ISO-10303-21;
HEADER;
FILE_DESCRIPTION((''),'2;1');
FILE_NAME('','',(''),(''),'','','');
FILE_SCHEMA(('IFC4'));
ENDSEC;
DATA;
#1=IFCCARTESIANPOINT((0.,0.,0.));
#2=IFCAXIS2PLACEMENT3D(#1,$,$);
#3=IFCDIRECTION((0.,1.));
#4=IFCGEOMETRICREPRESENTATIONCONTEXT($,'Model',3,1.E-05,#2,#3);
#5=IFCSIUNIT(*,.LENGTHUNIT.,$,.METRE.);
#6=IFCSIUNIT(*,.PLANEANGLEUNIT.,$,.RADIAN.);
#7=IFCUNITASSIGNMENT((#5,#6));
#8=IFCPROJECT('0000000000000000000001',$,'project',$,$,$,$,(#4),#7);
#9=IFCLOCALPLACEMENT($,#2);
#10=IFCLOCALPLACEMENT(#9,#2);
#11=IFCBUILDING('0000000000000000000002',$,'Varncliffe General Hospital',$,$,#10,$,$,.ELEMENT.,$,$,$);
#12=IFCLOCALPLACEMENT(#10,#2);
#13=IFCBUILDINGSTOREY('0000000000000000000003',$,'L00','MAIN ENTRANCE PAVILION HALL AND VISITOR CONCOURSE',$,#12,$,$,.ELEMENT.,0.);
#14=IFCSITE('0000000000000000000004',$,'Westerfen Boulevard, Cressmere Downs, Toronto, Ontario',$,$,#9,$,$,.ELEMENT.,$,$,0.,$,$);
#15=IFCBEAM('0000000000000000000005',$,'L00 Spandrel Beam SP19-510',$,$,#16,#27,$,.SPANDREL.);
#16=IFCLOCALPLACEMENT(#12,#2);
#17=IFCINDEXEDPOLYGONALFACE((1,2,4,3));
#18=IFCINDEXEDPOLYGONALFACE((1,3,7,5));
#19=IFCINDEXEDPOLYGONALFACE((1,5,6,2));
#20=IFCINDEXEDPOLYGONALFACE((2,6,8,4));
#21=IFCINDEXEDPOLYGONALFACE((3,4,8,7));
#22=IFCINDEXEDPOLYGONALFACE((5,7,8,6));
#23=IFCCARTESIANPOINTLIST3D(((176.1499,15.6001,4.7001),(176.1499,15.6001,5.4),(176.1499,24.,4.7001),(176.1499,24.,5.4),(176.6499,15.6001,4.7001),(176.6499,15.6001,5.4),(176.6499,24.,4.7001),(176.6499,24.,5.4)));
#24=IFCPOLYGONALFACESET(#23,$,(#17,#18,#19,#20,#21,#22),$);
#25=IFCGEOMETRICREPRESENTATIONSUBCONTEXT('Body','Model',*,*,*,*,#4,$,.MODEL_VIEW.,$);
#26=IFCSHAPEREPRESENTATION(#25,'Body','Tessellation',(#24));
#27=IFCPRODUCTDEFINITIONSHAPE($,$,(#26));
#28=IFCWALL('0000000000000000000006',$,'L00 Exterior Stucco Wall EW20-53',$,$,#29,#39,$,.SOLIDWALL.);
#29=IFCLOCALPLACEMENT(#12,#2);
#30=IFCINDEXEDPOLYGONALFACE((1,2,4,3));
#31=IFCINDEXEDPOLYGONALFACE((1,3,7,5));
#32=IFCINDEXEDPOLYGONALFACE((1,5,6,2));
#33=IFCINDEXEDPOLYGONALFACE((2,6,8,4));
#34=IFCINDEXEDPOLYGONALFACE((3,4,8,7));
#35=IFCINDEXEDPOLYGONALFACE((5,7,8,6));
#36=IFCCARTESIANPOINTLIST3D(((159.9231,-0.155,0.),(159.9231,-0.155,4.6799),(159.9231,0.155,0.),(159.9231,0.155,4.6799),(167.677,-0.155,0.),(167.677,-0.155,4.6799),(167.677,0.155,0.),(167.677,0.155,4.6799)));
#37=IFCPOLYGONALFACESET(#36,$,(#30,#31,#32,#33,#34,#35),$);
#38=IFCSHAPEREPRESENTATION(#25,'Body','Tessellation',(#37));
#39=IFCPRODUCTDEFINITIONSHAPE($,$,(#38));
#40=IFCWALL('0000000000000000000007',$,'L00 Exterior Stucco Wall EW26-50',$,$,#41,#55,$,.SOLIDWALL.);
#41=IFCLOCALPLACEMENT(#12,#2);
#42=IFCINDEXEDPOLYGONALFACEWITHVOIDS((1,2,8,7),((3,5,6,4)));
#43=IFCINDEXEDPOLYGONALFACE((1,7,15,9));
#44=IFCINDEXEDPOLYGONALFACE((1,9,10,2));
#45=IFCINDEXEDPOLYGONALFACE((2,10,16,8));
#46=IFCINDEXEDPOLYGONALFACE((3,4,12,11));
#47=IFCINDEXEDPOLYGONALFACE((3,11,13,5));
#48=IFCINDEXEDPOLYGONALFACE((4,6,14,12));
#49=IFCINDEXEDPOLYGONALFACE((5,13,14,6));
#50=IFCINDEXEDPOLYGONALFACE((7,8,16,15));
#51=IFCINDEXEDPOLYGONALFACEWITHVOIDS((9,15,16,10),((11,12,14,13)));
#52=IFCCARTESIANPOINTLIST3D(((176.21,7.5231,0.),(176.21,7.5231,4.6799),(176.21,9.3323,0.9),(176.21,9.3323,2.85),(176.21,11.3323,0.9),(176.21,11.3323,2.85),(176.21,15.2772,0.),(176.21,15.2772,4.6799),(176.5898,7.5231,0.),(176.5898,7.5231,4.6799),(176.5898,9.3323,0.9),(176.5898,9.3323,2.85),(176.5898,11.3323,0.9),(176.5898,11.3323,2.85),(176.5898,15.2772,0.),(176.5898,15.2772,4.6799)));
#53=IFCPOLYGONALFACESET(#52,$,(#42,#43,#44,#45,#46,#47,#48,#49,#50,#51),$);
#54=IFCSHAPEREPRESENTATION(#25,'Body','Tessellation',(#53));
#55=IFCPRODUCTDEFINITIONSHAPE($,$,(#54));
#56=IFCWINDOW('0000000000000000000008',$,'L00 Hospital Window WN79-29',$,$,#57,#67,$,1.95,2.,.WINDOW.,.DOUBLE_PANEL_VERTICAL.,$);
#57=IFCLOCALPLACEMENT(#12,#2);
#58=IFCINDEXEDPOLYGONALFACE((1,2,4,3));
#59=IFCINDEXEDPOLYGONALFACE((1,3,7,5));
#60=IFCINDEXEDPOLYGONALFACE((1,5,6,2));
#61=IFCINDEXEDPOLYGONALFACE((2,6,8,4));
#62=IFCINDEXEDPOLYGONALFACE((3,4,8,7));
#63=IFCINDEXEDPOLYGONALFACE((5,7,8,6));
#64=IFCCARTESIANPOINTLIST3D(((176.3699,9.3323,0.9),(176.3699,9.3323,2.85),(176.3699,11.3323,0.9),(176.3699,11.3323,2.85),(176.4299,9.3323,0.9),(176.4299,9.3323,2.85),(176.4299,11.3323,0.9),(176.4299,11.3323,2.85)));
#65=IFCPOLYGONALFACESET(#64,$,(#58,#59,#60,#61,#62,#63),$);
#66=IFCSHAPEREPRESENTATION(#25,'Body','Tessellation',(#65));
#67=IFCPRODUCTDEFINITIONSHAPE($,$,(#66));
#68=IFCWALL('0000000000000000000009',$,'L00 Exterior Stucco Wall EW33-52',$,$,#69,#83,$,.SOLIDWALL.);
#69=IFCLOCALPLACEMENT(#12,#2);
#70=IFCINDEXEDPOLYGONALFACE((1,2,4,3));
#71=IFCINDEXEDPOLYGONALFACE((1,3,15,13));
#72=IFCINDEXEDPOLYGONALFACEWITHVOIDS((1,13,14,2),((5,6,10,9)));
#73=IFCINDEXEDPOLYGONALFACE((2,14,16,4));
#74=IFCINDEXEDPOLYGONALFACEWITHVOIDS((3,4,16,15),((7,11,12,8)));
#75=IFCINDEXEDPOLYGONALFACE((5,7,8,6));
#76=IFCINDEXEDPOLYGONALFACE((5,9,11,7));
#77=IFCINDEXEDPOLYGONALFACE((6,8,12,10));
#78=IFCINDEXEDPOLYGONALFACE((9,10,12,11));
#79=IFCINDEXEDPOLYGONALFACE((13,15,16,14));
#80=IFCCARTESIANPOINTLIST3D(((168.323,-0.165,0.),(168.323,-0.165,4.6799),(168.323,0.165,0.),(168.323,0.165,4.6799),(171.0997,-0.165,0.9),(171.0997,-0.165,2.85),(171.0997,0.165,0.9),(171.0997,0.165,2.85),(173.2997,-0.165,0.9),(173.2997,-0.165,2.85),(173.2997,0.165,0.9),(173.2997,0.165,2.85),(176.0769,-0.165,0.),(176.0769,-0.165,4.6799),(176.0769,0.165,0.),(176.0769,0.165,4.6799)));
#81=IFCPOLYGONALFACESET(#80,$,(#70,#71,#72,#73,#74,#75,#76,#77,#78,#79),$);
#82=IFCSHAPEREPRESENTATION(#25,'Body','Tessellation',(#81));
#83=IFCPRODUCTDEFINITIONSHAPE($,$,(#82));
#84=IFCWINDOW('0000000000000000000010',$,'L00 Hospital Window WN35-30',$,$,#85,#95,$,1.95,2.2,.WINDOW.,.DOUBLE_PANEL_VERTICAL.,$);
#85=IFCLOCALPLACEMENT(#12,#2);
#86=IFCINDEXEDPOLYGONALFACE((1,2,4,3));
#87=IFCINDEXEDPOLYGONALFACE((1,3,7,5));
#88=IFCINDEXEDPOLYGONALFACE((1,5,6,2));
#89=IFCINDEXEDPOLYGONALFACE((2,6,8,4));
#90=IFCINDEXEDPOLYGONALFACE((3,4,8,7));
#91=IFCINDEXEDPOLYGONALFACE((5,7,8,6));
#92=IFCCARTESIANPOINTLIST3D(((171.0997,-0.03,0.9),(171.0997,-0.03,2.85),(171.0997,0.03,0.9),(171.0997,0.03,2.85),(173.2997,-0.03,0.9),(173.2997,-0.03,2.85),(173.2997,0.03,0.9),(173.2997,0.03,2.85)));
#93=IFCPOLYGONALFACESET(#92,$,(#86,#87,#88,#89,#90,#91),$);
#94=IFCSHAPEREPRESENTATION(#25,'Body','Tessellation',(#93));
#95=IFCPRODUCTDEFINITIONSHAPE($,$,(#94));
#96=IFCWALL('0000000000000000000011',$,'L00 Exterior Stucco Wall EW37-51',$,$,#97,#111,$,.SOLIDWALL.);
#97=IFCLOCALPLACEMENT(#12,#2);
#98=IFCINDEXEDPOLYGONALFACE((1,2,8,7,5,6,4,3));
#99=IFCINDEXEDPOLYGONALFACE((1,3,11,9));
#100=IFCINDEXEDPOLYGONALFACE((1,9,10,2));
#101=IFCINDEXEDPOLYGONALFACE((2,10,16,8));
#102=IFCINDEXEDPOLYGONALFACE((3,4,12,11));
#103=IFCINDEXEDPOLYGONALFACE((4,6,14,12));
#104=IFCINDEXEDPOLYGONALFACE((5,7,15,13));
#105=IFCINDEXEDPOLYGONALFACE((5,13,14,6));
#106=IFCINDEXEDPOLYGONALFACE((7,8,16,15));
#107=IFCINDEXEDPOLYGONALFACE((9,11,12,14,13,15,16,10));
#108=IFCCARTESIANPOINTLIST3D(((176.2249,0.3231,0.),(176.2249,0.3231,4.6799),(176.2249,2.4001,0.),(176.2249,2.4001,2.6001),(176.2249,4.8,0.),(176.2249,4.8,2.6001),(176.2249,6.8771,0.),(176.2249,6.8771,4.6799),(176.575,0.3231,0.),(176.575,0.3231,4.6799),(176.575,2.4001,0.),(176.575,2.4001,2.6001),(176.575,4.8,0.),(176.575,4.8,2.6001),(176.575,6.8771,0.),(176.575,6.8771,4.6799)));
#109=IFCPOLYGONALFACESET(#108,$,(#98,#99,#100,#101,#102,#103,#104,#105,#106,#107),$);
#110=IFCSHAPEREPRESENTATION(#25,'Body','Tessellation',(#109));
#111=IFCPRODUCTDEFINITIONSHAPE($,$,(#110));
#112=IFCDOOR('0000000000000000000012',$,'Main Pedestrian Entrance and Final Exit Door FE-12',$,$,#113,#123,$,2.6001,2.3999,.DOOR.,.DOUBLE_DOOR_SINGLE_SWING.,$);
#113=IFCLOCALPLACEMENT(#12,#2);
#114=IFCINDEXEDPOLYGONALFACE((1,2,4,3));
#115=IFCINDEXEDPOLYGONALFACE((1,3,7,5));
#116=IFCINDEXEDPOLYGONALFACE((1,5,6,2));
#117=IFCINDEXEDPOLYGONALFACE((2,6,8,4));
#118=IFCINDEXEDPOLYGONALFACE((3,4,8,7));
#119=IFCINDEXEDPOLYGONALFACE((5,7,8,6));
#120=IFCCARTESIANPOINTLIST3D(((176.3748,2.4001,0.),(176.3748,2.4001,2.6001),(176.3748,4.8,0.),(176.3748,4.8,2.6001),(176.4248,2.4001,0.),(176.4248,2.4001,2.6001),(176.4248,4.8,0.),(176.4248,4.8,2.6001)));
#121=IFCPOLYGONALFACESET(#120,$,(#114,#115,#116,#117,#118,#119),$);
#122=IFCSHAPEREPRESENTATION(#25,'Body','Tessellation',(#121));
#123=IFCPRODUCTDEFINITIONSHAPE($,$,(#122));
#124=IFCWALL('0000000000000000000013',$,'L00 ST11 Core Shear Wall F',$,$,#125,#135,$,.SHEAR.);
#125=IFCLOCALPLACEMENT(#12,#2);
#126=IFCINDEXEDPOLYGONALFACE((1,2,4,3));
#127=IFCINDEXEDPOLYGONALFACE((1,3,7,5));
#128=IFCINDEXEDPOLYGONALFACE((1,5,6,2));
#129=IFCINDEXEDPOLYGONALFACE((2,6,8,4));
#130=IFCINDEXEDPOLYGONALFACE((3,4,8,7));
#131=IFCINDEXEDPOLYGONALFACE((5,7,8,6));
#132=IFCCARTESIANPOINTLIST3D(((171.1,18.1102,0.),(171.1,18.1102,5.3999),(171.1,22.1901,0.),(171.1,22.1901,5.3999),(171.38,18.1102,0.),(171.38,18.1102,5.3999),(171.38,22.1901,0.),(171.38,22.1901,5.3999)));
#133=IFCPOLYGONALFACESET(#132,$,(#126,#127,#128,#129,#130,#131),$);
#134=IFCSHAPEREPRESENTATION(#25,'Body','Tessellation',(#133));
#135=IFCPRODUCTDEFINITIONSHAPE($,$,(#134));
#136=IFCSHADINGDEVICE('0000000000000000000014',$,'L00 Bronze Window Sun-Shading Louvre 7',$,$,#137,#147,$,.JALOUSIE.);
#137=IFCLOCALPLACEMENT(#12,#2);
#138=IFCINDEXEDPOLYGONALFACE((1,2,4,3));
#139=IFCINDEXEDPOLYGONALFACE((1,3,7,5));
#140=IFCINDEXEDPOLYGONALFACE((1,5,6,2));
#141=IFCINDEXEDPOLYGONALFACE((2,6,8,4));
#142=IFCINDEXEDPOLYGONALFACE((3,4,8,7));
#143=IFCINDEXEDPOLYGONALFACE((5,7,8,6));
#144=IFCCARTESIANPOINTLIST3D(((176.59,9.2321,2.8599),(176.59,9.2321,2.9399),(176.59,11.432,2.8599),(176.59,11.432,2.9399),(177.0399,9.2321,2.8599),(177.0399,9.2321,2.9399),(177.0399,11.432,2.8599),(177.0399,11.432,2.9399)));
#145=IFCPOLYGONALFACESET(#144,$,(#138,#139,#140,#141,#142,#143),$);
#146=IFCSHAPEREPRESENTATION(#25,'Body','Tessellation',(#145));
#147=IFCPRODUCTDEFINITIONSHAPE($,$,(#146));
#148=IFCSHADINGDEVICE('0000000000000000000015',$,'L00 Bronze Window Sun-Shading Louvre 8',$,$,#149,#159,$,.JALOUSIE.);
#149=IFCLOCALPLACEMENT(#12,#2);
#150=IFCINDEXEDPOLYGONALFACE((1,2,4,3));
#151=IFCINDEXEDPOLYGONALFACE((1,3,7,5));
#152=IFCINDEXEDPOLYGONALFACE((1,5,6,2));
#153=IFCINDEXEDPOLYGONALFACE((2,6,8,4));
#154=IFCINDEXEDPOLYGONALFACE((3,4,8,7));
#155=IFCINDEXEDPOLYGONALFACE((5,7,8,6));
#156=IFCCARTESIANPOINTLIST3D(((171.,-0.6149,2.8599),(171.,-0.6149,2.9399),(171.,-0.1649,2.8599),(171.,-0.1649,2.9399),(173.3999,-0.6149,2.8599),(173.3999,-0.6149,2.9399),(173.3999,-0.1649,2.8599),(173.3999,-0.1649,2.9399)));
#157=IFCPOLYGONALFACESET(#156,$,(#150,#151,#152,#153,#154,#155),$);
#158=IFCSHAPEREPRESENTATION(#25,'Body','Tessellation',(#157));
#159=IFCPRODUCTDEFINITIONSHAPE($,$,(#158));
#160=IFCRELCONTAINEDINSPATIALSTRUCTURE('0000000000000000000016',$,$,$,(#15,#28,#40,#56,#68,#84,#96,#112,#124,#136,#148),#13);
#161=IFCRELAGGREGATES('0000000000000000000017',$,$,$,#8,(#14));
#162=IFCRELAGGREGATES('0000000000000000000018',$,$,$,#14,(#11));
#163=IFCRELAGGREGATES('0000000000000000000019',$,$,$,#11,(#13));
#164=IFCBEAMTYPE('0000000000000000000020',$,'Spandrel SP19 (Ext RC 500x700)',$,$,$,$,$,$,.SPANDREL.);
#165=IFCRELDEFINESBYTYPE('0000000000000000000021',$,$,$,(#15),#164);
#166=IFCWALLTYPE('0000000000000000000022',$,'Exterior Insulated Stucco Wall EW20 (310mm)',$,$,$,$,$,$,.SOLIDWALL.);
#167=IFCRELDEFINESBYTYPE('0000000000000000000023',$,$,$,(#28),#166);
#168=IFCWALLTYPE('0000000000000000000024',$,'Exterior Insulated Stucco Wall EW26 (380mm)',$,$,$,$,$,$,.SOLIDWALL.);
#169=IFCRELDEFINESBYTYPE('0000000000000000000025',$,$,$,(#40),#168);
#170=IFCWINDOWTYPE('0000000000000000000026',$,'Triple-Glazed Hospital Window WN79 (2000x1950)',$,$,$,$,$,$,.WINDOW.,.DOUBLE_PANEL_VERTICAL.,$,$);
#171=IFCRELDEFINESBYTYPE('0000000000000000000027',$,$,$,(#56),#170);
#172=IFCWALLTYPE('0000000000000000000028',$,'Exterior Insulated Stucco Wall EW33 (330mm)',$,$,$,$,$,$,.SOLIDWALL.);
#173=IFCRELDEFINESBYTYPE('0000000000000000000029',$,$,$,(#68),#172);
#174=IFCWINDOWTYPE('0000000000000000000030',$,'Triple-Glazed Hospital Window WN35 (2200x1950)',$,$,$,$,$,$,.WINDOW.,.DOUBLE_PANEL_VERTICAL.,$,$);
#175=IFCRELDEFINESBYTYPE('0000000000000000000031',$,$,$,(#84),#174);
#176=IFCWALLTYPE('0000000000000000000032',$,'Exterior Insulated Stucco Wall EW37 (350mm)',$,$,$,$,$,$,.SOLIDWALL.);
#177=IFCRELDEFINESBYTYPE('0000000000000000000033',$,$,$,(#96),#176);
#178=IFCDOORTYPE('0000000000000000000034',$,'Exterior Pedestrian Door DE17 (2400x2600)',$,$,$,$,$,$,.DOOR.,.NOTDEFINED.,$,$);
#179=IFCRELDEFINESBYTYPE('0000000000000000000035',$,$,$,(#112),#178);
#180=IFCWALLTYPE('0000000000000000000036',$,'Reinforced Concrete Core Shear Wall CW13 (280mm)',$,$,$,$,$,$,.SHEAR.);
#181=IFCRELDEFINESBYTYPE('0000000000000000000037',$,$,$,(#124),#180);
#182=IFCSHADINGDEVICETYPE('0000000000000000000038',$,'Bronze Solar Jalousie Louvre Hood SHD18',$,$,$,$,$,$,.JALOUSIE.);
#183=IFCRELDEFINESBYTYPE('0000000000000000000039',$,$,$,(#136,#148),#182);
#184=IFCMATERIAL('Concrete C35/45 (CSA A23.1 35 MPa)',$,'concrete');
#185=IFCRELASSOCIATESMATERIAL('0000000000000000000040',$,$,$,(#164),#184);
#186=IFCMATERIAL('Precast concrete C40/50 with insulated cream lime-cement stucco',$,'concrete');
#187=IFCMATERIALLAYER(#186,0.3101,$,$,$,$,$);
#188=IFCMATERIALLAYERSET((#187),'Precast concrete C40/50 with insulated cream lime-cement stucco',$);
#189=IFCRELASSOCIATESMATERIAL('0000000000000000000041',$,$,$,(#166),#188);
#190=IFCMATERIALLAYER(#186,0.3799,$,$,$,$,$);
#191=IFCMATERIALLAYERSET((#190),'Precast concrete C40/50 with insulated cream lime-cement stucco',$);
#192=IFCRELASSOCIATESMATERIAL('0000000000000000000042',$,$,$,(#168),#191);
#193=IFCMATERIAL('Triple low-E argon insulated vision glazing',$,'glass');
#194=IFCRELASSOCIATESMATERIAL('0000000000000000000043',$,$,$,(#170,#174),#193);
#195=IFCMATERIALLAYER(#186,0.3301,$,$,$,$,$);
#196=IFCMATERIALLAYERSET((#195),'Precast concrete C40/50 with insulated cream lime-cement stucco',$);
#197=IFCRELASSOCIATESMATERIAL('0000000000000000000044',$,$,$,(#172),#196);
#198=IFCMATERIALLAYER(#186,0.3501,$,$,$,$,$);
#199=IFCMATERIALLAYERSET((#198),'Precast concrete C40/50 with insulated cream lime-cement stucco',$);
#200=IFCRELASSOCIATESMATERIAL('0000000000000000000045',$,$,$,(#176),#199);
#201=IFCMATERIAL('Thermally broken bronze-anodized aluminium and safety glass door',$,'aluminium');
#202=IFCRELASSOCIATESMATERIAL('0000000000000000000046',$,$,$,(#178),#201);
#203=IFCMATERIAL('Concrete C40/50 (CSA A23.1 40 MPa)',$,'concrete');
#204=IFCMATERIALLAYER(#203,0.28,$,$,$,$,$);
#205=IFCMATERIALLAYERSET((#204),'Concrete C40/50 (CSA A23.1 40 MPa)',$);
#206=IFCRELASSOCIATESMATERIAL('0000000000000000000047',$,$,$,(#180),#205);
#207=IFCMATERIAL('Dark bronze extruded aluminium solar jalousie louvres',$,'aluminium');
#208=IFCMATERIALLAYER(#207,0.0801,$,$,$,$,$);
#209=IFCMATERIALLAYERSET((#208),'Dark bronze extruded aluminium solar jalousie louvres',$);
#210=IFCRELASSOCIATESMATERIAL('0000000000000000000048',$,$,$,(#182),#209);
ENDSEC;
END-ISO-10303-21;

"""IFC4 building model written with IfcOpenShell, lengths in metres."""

from ifc_helpers import new_model, si_unit, direction, frame, frame_2d, origin, origin_2d, place, context, subcontext, project, spatial, rectangle, extrude, material, layer, layer_set, material_profile, profile_set, type_object, element, fill, save


model = new_model("IFC4")

# Units and contexts
model_context = context("Model", 3, precision=1e-05, world=origin(), true_north=direction((0.0, 1.0)))
body_context = subcontext(model_context, "Body", "Model", "MODEL_VIEW")
ifc_project = project(units=[si_unit("LENGTHUNIT", "METRE"), si_unit("PLANEANGLEUNIT", "RADIAN")], contexts=[model_context])

# Site, building, storey
site_placement = place(None, origin())
site = spatial("IfcSite", under=ifc_project, at=site_placement, Name="Westerfen Boulevard, Cressmere Downs, Toronto, Ontario", CompositionType="ELEMENT", RefElevation=0.0)
building_placement = place(site_placement, origin())
building = spatial("IfcBuilding", under=site, at=building_placement, Name="Varncliffe General Hospital", CompositionType="ELEMENT")
storey_placement = place(building_placement, origin())
storey = spatial("IfcBuildingStorey", under=building, at=storey_placement, Name="L00", Description="MAIN ENTRANCE PAVILION HALL AND VISITOR CONCOURSE", CompositionType="ELEMENT", Elevation=0.0)

# Shared definitions
ifc_material_1 = material(Name="Concrete C40/50 (CSA A23.1 40 MPa)", Category="concrete")

# Beam
ifc_material_2 = material(Name="Concrete C35/45 (CSA A23.1 35 MPa)", Category="concrete")
ifc_material_profile_1 = material_profile(ifc_material_2, rectangle(XDim=0.5, YDim=0.7, at=origin_2d()), Name="RC 500x700")
ifc_profile_set_1 = profile_set([ifc_material_profile_1], Name="Concrete C35/45 (CSA A23.1 35 MPa)")
beam_type_1 = type_object("IfcBeamType", Name="Spandrel SP19 (Ext RC 500x700)", PredefinedType="SPANDREL", material=ifc_profile_set_1)
beam_1_placement = place(storey_placement, frame((176.3999, 15.6001, 5.05), z_axis=(0.0, 1.0, 0.0), x_axis=(-1.0, 0.0, 0.0)))
element("IfcBeam", 1, at=beam_1_placement, inside=storey, type_object=beam_type_1, Name="L00 Spandrel Beam SP19-510", PredefinedType="SPANDREL", context=body_context, shape_type="SweptSolid", body=[
    extrude(rectangle(XDim=0.5, YDim=0.7, at=origin_2d()), origin(), (0.0, 0.0, 1.0), 8.3999),
])

# Wall
ifc_material_3 = material(Name="Precast concrete C40/50 with insulated cream lime-cement stucco", Category="concrete")
ifc_layer_1 = layer(ifc_material_3, 0.3101)
ifc_layer_set_1 = layer_set([ifc_layer_1], Name="Precast concrete C40/50 with insulated cream lime-cement stucco")
wall_type_1 = type_object("IfcWallType", Name="Exterior Insulated Stucco Wall EW20 (310mm)", PredefinedType="SOLIDWALL", material=ifc_layer_set_1)
wall_1_placement = place(storey_placement, frame((167.677, 0.0, 0.0), z_axis=(0.0, 0.0, 1.0), x_axis=(-1.0, 0.0, 0.0)))
element("IfcWall", 2, at=wall_1_placement, inside=storey, type_object=wall_type_1, Name="L00 Exterior Stucco Wall EW20-53", PredefinedType="SOLIDWALL", context=body_context, shape_type="SweptSolid", body=[
    extrude(rectangle(XDim=7.7539, YDim=0.3101, at=frame_2d((3.877, 0.0))), origin(), (0.0, 0.0, 1.0), 4.6799),
])

# Walls, openings, windows
ifc_layer_2 = layer(ifc_material_3, 0.3799)
ifc_layer_set_2 = layer_set([ifc_layer_2], Name="Precast concrete C40/50 with insulated cream lime-cement stucco")
wall_type_2 = type_object("IfcWallType", Name="Exterior Insulated Stucco Wall EW26 (380mm)", PredefinedType="SOLIDWALL", material=ifc_layer_set_2)
wall_2_placement = place(storey_placement, frame((176.3999, 15.2771, 0.0), z_axis=(0.0, 0.0, 1.0), x_axis=(0.0, -1.0, 0.0)))
wall_2 = element("IfcWall", 3, at=wall_2_placement, inside=storey, type_object=wall_type_2, Name="L00 Exterior Stucco Wall EW26-50", PredefinedType="SOLIDWALL", context=body_context, shape_type="SweptSolid", body=[
    extrude(rectangle(XDim=7.7542, YDim=0.3799, at=frame_2d((3.877, 0.0))), origin(), (0.0, 0.0, 1.0), 4.6799),
])
opening_1_placement = place(wall_2_placement, frame((3.9448, 0.0, 0.8999)))
opening_1 = element("IfcOpeningElement", 4, at=opening_1_placement, cuts=wall_2, PredefinedType="OPENING", context=body_context, shape_type="SweptSolid", body=[
    extrude(rectangle(XDim=2.0, YDim=1.95, at=frame_2d((1.0, 0.9751))), frame((0.0, 0.2, 0.0), z_axis=(0.0, -1.0, 0.0), x_axis=(1.0, 0.0, 0.0)), (0.0, 0.0, 1.0), 0.3999),
])
ifc_material_4 = material(Name="Triple low-E argon insulated vision glazing", Category="glass")
window_type_1 = type_object("IfcWindowType", Name="Triple-Glazed Hospital Window WN79 (2000x1950)", PartitioningType="DOUBLE_PANEL_VERTICAL", PredefinedType="WINDOW", material=ifc_material_4)
window_1_placement = place(opening_1_placement, origin())
window_1 = element("IfcWindow", 5, at=window_1_placement, inside=storey, type_object=window_type_1, Name="L00 Hospital Window WN79-29", OverallHeight=1.95, OverallWidth=2.0, PartitioningType="DOUBLE_PANEL_VERTICAL", PredefinedType="WINDOW", context=body_context, shape_type="SweptSolid", body=[
    extrude(rectangle(XDim=2.0, YDim=1.95, at=frame_2d((1.0, 0.9751))), frame((0.0, 0.03, 0.0), z_axis=(0.0, -1.0, 0.0), x_axis=(1.0, 0.0, 0.0)), (0.0, 0.0, 1.0), 0.0601),
])
fill(opening_1, window_1)
ifc_layer_3 = layer(ifc_material_3, 0.3301)
ifc_layer_set_3 = layer_set([ifc_layer_3], Name="Precast concrete C40/50 with insulated cream lime-cement stucco")
wall_type_3 = type_object("IfcWallType", Name="Exterior Insulated Stucco Wall EW33 (330mm)", PredefinedType="SOLIDWALL", material=ifc_layer_set_3)
wall_3_placement = place(storey_placement, frame((176.0769, 0.0, 0.0), z_axis=(0.0, 0.0, 1.0), x_axis=(-1.0, 0.0, 0.0)))
wall_3 = element("IfcWall", 6, at=wall_3_placement, inside=storey, type_object=wall_type_3, Name="L00 Exterior Stucco Wall EW33-52", PredefinedType="SOLIDWALL", context=body_context, shape_type="SweptSolid", body=[
    extrude(rectangle(XDim=7.7539, YDim=0.3301, at=frame_2d((3.877, 0.0))), origin(), (0.0, 0.0, 1.0), 4.6799),
])
opening_2_placement = place(wall_3_placement, frame((2.7771, 0.0, 0.8999)))
opening_2 = element("IfcOpeningElement", 7, at=opening_2_placement, cuts=wall_3, PredefinedType="OPENING", context=body_context, shape_type="SweptSolid", body=[
    extrude(rectangle(XDim=2.2, YDim=1.95, at=frame_2d((1.1001, 0.9751))), frame((0.0, 0.175, 0.0), z_axis=(0.0, -1.0, 0.0), x_axis=(1.0, 0.0, 0.0)), (0.0, 0.0, 1.0), 0.3501),
])
window_type_2 = type_object("IfcWindowType", Name="Triple-Glazed Hospital Window WN35 (2200x1950)", PartitioningType="DOUBLE_PANEL_VERTICAL", PredefinedType="WINDOW", material=ifc_material_4)
window_2_placement = place(opening_2_placement, origin())
window_2 = element("IfcWindow", 8, at=window_2_placement, inside=storey, type_object=window_type_2, Name="L00 Hospital Window WN35-30", OverallHeight=1.95, OverallWidth=2.2, PartitioningType="DOUBLE_PANEL_VERTICAL", PredefinedType="WINDOW", context=body_context, shape_type="SweptSolid", body=[
    extrude(rectangle(XDim=2.2, YDim=1.95, at=frame_2d((1.1001, 0.9751))), frame((0.0, 0.03, 0.0), z_axis=(0.0, -1.0, 0.0), x_axis=(1.0, 0.0, 0.0)), (0.0, 0.0, 1.0), 0.0601),
])
fill(opening_2, window_2)

# Wall, opening, door
ifc_layer_4 = layer(ifc_material_3, 0.3501)
ifc_layer_set_4 = layer_set([ifc_layer_4], Name="Precast concrete C40/50 with insulated cream lime-cement stucco")
wall_type_4 = type_object("IfcWallType", Name="Exterior Insulated Stucco Wall EW37 (350mm)", PredefinedType="SOLIDWALL", material=ifc_layer_set_4)
wall_4_placement = place(storey_placement, frame((176.3999, 6.877, 0.0), z_axis=(0.0, 0.0, 1.0), x_axis=(0.0, -1.0, 0.0)))
wall_4 = element("IfcWall", 9, at=wall_4_placement, inside=storey, type_object=wall_type_4, Name="L00 Exterior Stucco Wall EW37-51", PredefinedType="SOLIDWALL", context=body_context, shape_type="SweptSolid", body=[
    extrude(rectangle(XDim=6.554, YDim=0.3501, at=frame_2d((3.2769, 0.0))), origin(), (0.0, 0.0, 1.0), 4.6799),
])
opening_3_placement = place(wall_4_placement, frame((2.0769, 0.0, 0.0)))
opening_3 = element("IfcOpeningElement", 10, at=opening_3_placement, cuts=wall_4, PredefinedType="OPENING", context=body_context, shape_type="SweptSolid", body=[
    extrude(rectangle(XDim=2.3999, YDim=2.6001, at=frame_2d((1.2, 1.3))), frame((0.0, 0.1851, 0.0), z_axis=(0.0, -1.0, 0.0), x_axis=(1.0, 0.0, 0.0)), (0.0, 0.0, 1.0), 0.3701),
])
ifc_material_5 = material(Name="Thermally broken bronze-anodized aluminium and safety glass door", Category="aluminium")
door_type = type_object("IfcDoorType", Name="Exterior Pedestrian Door DE17 (2400x2600)", OperationType="NOTDEFINED", PredefinedType="DOOR", material=ifc_material_5)
door_placement = place(opening_3_placement, origin())
door = element("IfcDoor", 11, at=door_placement, inside=storey, type_object=door_type, Name="Main Pedestrian Entrance and Final Exit Door FE-12", OperationType="DOUBLE_DOOR_SINGLE_SWING", OverallHeight=2.6001, OverallWidth=2.3999, PredefinedType="DOOR", context=body_context, shape_type="SweptSolid", body=[
    extrude(rectangle(XDim=2.3999, YDim=2.6001, at=frame_2d((1.2, 1.3))), frame((0.0, 0.0249, 0.0), z_axis=(0.0, -1.0, 0.0), x_axis=(1.0, 0.0, 0.0)), (0.0, 0.0, 1.0), 0.05),
])
fill(opening_3, door)

# Wall
ifc_layer_5 = layer(ifc_material_1, 0.28)
ifc_layer_set_5 = layer_set([ifc_layer_5], Name="Concrete C40/50 (CSA A23.1 40 MPa)")
wall_type_5 = type_object("IfcWallType", Name="Reinforced Concrete Core Shear Wall CW13 (280mm)", PredefinedType="SHEAR", material=ifc_layer_set_5)
wall_5_placement = place(storey_placement, frame((171.24, 18.1101, 0.0), z_axis=(0.0, 0.0, 1.0), x_axis=(0.0, 1.0, 0.0)))
element("IfcWall", 12, at=wall_5_placement, inside=storey, type_object=wall_type_5, Name="L00 ST11 Core Shear Wall F", PredefinedType="SHEAR", context=body_context, shape_type="SweptSolid", body=[
    extrude(rectangle(XDim=4.0798, YDim=0.28, at=frame_2d((2.04, 0.0))), origin(), (0.0, 0.0, 1.0), 5.3999),
])

# Shading devices
ifc_material_6 = material(Name="Dark bronze extruded aluminium solar jalousie louvres", Category="aluminium")
ifc_layer_6 = layer(ifc_material_6, 0.0801)
ifc_layer_set_6 = layer_set([ifc_layer_6], Name="Dark bronze extruded aluminium solar jalousie louvres")
shading_device_type = type_object("IfcShadingDeviceType", Name="Bronze Solar Jalousie Louvre Hood SHD18", PredefinedType="JALOUSIE", material=ifc_layer_set_6)
shading_device_1_placement = place(storey_placement, frame((176.8149, 10.332, 2.8599), z_axis=(0.0, 0.0, 1.0), x_axis=(0.0, -1.0, 0.0)))
element("IfcShadingDevice", 13, at=shading_device_1_placement, inside=storey, type_object=shading_device_type, Name="L00 Bronze Window Sun-Shading Louvre 7", PredefinedType="JALOUSIE", context=body_context, shape_type="SweptSolid", body=[
    extrude(rectangle(XDim=2.2, YDim=0.45, at=origin_2d()), origin(), (0.0, 0.0, 1.0), 0.0801),
])
shading_device_2_placement = place(storey_placement, frame((172.2, -0.3899, 2.8599), z_axis=(0.0, 0.0, 1.0), x_axis=(-1.0, 0.0, 0.0)))
element("IfcShadingDevice", 14, at=shading_device_2_placement, inside=storey, type_object=shading_device_type, Name="L00 Bronze Window Sun-Shading Louvre 8", PredefinedType="JALOUSIE", context=body_context, shape_type="SweptSolid", body=[
    extrude(rectangle(XDim=2.3999, YDim=0.45, at=origin_2d()), origin(), (0.0, 0.0, 1.0), 0.0801),
])

save(model, "model.ifc")
